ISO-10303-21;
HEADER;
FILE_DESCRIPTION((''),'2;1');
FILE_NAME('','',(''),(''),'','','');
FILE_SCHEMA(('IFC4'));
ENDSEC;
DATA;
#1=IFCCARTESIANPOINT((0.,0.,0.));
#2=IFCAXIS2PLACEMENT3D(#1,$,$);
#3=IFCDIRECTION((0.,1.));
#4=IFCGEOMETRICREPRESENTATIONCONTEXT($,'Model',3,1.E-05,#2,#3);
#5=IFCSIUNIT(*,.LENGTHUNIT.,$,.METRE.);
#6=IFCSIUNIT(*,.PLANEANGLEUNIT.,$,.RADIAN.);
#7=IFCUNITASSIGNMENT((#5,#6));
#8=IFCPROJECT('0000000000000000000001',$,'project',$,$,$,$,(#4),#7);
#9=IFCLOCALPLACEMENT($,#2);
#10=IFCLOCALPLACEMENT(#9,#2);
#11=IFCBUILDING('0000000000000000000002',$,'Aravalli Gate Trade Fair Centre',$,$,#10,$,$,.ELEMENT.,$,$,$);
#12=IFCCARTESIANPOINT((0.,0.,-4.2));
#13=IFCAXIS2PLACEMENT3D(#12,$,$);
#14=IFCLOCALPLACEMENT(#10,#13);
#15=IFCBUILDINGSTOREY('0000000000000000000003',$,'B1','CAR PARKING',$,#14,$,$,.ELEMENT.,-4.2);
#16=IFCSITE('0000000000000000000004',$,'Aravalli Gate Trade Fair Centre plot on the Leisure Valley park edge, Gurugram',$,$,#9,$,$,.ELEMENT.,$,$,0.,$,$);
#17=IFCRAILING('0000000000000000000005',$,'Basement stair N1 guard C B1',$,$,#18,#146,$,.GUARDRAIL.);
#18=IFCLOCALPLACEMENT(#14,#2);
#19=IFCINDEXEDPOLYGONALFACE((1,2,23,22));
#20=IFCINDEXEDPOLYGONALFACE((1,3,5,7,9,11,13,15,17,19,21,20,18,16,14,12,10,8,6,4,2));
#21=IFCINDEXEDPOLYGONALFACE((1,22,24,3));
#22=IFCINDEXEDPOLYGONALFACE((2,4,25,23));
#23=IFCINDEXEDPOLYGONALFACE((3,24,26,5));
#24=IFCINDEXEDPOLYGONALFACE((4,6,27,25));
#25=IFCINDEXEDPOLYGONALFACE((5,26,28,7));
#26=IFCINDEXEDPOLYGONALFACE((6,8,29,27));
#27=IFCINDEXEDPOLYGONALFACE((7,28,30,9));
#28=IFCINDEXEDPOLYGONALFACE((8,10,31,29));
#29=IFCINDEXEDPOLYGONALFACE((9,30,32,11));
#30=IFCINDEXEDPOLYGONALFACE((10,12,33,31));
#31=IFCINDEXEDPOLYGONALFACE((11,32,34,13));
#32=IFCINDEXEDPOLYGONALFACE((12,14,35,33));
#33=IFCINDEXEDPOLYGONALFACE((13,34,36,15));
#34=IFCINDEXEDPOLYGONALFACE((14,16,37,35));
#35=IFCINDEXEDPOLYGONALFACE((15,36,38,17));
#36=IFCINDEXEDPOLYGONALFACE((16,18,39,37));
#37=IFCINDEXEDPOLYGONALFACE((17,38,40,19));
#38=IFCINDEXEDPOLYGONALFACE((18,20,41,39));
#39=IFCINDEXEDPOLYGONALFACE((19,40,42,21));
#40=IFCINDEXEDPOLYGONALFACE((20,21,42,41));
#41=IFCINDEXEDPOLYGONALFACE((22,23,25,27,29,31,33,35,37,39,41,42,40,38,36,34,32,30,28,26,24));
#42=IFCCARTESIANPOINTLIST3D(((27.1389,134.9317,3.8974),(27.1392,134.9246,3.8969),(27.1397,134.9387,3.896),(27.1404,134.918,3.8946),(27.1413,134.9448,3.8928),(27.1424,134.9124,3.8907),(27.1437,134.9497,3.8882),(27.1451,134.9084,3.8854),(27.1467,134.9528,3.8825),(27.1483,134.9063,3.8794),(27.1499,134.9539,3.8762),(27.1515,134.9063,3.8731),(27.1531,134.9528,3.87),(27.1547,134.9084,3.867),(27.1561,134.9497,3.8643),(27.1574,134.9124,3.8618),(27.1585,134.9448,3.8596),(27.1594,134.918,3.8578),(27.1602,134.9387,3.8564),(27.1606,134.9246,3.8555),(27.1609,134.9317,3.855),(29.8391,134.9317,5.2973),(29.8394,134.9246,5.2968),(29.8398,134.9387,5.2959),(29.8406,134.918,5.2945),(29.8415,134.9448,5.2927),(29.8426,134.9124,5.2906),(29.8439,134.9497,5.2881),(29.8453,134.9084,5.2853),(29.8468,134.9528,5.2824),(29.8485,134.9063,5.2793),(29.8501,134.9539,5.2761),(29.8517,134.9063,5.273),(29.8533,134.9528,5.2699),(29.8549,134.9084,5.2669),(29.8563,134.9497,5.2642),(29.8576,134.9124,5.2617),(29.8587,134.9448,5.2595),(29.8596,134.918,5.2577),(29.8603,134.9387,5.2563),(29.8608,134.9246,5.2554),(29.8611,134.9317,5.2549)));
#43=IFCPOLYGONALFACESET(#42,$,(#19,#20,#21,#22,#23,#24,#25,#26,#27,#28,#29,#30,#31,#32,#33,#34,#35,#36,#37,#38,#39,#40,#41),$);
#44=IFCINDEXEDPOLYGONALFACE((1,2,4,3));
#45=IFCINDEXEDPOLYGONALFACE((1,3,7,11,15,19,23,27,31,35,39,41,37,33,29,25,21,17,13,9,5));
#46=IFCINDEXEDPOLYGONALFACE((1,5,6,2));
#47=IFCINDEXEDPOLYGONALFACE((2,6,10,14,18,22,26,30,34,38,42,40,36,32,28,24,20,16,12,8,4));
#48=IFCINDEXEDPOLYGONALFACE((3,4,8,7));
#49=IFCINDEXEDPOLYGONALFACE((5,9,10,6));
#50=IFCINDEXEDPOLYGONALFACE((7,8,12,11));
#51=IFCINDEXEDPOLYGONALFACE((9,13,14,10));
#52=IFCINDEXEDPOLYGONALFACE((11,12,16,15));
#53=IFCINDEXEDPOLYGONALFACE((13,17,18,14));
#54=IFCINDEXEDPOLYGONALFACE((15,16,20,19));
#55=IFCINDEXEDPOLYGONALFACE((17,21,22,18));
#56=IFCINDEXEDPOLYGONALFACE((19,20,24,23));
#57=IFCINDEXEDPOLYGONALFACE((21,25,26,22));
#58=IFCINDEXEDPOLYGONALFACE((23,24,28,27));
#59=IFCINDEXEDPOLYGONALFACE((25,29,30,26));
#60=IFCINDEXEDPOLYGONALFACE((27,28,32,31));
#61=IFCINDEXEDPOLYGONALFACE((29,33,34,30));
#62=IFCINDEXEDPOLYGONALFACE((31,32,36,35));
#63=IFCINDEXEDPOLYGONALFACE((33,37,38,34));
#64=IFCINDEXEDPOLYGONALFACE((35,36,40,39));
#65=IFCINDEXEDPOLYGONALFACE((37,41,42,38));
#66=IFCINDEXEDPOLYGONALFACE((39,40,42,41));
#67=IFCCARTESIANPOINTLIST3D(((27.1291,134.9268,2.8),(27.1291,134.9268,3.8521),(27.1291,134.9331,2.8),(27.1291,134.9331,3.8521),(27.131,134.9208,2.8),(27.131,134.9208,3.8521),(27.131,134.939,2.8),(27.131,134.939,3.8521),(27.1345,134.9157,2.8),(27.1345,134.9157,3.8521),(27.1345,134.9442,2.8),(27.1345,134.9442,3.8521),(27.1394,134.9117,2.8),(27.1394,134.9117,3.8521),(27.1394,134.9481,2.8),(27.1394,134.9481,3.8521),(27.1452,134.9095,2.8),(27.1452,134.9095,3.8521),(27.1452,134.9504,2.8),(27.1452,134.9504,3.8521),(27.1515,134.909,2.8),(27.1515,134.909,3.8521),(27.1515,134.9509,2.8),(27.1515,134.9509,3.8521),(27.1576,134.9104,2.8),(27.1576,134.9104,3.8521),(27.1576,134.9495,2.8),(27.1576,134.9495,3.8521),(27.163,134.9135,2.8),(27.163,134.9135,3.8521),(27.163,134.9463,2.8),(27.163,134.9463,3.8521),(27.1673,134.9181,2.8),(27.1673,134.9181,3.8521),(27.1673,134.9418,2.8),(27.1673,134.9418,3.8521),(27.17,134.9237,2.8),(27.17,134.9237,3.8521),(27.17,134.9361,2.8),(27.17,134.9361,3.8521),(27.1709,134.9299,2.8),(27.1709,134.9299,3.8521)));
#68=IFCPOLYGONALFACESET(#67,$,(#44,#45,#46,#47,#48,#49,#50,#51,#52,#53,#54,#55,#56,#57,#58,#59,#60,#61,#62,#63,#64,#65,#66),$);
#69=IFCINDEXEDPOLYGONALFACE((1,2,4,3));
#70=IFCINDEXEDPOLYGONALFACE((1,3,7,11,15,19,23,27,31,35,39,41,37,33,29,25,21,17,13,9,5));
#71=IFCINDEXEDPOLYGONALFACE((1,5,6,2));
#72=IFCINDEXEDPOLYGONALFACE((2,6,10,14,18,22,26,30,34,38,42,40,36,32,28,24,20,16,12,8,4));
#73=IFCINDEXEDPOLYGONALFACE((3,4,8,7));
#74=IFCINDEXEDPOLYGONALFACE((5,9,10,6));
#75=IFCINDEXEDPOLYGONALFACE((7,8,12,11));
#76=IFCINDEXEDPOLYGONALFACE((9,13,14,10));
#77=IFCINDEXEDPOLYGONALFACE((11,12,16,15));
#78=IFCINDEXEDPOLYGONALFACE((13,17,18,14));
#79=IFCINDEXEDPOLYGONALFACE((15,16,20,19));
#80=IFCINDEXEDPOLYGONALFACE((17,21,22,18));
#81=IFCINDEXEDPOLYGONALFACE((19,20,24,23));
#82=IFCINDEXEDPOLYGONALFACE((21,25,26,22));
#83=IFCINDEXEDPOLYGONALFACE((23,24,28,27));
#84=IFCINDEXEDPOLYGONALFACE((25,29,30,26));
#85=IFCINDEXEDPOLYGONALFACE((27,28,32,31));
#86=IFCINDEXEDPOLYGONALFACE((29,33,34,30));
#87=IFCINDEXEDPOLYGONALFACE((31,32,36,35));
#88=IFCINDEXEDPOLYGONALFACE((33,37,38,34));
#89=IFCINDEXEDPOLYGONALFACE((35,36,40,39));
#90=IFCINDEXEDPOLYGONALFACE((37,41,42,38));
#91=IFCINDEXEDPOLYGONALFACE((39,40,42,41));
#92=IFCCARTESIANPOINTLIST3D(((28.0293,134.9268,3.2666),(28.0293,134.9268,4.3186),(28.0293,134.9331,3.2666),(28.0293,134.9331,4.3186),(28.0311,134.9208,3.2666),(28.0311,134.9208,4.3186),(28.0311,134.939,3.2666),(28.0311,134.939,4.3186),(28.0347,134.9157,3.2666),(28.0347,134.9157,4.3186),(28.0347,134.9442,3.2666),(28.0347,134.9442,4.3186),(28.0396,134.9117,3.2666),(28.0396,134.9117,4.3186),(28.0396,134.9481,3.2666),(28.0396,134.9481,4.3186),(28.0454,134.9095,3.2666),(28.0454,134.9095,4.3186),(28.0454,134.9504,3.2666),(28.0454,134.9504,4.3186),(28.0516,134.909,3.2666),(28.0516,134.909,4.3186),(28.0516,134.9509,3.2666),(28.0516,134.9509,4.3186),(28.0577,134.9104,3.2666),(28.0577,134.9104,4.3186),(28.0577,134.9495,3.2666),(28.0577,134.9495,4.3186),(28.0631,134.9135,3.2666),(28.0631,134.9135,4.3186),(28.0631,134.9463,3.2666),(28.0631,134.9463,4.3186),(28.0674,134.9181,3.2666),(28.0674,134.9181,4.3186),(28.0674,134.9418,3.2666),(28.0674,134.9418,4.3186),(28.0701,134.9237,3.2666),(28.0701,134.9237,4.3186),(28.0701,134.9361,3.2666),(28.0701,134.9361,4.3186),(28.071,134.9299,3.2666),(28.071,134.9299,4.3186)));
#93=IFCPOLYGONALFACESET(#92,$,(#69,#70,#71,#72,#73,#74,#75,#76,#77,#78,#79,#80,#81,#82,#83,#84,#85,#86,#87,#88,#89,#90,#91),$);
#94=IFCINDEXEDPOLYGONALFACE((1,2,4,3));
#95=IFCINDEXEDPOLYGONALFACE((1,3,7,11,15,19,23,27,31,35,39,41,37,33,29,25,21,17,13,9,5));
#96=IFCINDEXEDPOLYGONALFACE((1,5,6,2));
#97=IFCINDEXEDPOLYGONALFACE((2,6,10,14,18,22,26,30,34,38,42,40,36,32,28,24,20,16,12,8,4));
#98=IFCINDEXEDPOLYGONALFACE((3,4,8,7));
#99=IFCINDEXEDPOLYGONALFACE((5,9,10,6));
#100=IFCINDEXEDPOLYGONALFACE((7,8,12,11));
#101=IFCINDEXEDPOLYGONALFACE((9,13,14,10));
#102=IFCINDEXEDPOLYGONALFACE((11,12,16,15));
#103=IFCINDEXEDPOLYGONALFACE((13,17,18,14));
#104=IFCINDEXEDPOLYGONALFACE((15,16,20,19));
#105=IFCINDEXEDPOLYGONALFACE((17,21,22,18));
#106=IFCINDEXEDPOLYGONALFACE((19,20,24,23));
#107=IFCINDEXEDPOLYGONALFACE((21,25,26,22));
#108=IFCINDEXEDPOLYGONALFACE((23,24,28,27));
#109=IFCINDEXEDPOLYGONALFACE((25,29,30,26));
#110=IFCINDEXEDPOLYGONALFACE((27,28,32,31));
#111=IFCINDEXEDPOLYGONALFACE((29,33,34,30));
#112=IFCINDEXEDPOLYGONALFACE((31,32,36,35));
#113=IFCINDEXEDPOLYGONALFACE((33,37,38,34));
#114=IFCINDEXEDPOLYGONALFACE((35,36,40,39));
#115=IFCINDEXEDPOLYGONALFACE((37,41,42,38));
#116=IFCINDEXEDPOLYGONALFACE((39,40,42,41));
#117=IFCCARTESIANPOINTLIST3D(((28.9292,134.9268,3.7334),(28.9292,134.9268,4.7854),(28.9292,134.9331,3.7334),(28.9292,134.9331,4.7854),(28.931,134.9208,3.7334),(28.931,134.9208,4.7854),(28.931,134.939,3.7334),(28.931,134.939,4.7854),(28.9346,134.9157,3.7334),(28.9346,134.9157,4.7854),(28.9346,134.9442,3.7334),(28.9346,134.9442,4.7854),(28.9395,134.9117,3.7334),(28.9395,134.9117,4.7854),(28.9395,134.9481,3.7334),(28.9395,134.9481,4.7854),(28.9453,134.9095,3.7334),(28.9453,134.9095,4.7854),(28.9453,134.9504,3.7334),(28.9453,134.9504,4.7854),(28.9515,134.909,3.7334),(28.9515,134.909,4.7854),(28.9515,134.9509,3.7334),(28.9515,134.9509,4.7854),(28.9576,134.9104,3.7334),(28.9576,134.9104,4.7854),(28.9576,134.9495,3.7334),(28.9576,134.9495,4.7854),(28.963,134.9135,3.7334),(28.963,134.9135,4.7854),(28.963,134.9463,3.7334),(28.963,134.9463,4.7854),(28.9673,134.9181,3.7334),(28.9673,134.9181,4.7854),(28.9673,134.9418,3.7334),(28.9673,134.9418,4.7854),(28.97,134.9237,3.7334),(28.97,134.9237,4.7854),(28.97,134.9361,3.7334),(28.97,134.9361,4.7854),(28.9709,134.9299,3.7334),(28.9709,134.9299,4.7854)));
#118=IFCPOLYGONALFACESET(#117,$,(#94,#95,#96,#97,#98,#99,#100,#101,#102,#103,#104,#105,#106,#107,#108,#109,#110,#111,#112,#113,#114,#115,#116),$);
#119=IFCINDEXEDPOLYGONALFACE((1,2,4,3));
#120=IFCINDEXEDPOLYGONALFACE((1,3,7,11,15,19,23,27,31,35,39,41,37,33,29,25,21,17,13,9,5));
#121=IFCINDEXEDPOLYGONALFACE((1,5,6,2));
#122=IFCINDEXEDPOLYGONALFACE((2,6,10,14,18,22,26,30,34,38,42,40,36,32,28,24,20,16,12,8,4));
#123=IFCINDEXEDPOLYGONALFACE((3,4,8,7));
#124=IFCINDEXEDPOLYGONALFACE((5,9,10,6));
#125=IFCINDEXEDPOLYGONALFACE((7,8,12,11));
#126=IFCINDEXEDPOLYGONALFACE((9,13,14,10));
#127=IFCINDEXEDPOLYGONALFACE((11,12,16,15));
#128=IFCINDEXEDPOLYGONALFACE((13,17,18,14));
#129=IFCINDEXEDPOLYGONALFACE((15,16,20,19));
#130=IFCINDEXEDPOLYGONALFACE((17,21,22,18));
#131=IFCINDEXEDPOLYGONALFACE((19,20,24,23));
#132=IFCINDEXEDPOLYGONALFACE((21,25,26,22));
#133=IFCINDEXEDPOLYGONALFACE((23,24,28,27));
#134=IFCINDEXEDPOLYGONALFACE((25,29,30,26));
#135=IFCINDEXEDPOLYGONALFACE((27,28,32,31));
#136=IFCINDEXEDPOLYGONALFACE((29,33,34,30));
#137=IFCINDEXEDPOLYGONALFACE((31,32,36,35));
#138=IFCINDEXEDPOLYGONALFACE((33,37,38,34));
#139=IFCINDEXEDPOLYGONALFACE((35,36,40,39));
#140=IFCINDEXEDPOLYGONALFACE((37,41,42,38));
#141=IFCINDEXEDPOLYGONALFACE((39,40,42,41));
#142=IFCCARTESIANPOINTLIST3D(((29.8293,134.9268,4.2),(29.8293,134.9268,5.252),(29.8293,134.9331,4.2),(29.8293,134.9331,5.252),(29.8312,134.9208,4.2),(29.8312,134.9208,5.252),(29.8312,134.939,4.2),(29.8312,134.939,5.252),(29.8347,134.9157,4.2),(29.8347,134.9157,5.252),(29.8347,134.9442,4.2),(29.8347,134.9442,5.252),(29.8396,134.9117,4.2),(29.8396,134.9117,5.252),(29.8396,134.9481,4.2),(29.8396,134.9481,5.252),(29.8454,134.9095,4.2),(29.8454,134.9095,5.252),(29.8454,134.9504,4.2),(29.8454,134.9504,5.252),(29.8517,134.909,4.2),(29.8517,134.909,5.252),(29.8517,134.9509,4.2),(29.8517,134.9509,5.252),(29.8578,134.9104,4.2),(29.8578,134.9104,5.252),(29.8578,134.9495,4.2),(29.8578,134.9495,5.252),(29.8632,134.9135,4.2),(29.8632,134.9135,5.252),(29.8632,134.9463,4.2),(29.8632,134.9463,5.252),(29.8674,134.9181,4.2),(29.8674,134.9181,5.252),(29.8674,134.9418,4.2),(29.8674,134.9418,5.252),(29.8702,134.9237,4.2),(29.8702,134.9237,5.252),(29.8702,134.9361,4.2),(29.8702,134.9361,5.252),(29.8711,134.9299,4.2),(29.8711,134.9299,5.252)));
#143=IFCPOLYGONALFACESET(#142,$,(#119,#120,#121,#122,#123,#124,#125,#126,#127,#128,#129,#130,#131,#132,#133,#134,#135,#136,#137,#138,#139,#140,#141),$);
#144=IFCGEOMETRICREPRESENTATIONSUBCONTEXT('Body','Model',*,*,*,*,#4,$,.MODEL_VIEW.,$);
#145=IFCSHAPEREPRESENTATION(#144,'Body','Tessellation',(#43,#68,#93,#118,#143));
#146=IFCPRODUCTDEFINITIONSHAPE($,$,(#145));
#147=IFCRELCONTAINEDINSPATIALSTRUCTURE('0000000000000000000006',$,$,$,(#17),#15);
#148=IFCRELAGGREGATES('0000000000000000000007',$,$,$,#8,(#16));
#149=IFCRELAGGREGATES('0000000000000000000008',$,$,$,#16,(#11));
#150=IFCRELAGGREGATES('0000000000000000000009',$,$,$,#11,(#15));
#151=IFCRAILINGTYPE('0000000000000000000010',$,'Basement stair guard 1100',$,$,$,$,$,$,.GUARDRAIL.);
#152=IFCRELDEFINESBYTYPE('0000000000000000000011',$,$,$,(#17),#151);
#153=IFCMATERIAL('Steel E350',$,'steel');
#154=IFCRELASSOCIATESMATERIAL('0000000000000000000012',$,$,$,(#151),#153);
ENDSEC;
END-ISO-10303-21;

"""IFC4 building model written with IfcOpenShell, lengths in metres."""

from ifc_helpers import new_model, si_unit, direction, frame, origin, origin_2d, place, context, subcontext, project, spatial, circle, extrude, material, type_object, element, save


model = new_model("IFC4")

# Units and contexts
model_context = context("Model", 3, precision=1e-05, world=origin(), true_north=direction((0.0, 1.0)))
body_context = subcontext(model_context, "Body", "Model", "MODEL_VIEW")
ifc_project = project(units=[si_unit("LENGTHUNIT", "METRE"), si_unit("PLANEANGLEUNIT", "RADIAN")], contexts=[model_context])

# Site, building, storey
site_placement = place(None, origin())
site = spatial("IfcSite", under=ifc_project, at=site_placement, Name="Aravalli Gate Trade Fair Centre plot on the Leisure Valley park edge, Gurugram", CompositionType="ELEMENT", RefElevation=0.0)
building_placement = place(site_placement, origin())
building = spatial("IfcBuilding", under=site, at=building_placement, Name="Aravalli Gate Trade Fair Centre", CompositionType="ELEMENT")
storey_placement = place(building_placement, frame((0.0, 0.0, -4.2)))
storey = spatial("IfcBuildingStorey", under=building, at=storey_placement, Name="B1", Description="CAR PARKING", CompositionType="ELEMENT", Elevation=-4.2)

# Railing
ifc_material_1 = material(Name="Steel E350", Category="steel")
railing_type_1 = type_object("IfcRailingType", Name="Basement stair guard 1100", PredefinedType="GUARDRAIL", material=ifc_material_1)
railing_1_placement = place(storey_placement, frame((27.1499, 134.9299, 2.8)))
element("IfcRailing", 1, at=railing_1_placement, inside=storey, type_object=railing_type_1, Name="Basement stair N1 guard C B1", PredefinedType="GUARDRAIL", context=body_context, shape_type="SweptSolid", body=[
    extrude(circle(Radius=0.0239, at=origin_2d()), frame((0.0, 0.0, 1.0762), z_axis=(0.887781, 0.0, 0.460266), x_axis=(0.0, 1.0, 0.0)), (0.0, 0.0, 1.0), 3.0415),
    extrude(circle(Radius=0.021, at=origin_2d()), origin(), (0.0, 0.0, 1.0), 1.052),
    extrude(circle(Radius=0.021, at=origin_2d()), frame((0.9001, 0.0, 0.4666)), (0.0, 0.0, 1.0), 1.052),
    extrude(circle(Radius=0.021, at=origin_2d()), frame((1.8, 0.0, 0.9333)), (0.0, 0.0, 1.0), 1.052),
    extrude(circle(Radius=0.021, at=origin_2d()), frame((2.7002, 0.0, 1.3999)), (0.0, 0.0, 1.0), 1.052),
])

save(model, "model.ifc")
